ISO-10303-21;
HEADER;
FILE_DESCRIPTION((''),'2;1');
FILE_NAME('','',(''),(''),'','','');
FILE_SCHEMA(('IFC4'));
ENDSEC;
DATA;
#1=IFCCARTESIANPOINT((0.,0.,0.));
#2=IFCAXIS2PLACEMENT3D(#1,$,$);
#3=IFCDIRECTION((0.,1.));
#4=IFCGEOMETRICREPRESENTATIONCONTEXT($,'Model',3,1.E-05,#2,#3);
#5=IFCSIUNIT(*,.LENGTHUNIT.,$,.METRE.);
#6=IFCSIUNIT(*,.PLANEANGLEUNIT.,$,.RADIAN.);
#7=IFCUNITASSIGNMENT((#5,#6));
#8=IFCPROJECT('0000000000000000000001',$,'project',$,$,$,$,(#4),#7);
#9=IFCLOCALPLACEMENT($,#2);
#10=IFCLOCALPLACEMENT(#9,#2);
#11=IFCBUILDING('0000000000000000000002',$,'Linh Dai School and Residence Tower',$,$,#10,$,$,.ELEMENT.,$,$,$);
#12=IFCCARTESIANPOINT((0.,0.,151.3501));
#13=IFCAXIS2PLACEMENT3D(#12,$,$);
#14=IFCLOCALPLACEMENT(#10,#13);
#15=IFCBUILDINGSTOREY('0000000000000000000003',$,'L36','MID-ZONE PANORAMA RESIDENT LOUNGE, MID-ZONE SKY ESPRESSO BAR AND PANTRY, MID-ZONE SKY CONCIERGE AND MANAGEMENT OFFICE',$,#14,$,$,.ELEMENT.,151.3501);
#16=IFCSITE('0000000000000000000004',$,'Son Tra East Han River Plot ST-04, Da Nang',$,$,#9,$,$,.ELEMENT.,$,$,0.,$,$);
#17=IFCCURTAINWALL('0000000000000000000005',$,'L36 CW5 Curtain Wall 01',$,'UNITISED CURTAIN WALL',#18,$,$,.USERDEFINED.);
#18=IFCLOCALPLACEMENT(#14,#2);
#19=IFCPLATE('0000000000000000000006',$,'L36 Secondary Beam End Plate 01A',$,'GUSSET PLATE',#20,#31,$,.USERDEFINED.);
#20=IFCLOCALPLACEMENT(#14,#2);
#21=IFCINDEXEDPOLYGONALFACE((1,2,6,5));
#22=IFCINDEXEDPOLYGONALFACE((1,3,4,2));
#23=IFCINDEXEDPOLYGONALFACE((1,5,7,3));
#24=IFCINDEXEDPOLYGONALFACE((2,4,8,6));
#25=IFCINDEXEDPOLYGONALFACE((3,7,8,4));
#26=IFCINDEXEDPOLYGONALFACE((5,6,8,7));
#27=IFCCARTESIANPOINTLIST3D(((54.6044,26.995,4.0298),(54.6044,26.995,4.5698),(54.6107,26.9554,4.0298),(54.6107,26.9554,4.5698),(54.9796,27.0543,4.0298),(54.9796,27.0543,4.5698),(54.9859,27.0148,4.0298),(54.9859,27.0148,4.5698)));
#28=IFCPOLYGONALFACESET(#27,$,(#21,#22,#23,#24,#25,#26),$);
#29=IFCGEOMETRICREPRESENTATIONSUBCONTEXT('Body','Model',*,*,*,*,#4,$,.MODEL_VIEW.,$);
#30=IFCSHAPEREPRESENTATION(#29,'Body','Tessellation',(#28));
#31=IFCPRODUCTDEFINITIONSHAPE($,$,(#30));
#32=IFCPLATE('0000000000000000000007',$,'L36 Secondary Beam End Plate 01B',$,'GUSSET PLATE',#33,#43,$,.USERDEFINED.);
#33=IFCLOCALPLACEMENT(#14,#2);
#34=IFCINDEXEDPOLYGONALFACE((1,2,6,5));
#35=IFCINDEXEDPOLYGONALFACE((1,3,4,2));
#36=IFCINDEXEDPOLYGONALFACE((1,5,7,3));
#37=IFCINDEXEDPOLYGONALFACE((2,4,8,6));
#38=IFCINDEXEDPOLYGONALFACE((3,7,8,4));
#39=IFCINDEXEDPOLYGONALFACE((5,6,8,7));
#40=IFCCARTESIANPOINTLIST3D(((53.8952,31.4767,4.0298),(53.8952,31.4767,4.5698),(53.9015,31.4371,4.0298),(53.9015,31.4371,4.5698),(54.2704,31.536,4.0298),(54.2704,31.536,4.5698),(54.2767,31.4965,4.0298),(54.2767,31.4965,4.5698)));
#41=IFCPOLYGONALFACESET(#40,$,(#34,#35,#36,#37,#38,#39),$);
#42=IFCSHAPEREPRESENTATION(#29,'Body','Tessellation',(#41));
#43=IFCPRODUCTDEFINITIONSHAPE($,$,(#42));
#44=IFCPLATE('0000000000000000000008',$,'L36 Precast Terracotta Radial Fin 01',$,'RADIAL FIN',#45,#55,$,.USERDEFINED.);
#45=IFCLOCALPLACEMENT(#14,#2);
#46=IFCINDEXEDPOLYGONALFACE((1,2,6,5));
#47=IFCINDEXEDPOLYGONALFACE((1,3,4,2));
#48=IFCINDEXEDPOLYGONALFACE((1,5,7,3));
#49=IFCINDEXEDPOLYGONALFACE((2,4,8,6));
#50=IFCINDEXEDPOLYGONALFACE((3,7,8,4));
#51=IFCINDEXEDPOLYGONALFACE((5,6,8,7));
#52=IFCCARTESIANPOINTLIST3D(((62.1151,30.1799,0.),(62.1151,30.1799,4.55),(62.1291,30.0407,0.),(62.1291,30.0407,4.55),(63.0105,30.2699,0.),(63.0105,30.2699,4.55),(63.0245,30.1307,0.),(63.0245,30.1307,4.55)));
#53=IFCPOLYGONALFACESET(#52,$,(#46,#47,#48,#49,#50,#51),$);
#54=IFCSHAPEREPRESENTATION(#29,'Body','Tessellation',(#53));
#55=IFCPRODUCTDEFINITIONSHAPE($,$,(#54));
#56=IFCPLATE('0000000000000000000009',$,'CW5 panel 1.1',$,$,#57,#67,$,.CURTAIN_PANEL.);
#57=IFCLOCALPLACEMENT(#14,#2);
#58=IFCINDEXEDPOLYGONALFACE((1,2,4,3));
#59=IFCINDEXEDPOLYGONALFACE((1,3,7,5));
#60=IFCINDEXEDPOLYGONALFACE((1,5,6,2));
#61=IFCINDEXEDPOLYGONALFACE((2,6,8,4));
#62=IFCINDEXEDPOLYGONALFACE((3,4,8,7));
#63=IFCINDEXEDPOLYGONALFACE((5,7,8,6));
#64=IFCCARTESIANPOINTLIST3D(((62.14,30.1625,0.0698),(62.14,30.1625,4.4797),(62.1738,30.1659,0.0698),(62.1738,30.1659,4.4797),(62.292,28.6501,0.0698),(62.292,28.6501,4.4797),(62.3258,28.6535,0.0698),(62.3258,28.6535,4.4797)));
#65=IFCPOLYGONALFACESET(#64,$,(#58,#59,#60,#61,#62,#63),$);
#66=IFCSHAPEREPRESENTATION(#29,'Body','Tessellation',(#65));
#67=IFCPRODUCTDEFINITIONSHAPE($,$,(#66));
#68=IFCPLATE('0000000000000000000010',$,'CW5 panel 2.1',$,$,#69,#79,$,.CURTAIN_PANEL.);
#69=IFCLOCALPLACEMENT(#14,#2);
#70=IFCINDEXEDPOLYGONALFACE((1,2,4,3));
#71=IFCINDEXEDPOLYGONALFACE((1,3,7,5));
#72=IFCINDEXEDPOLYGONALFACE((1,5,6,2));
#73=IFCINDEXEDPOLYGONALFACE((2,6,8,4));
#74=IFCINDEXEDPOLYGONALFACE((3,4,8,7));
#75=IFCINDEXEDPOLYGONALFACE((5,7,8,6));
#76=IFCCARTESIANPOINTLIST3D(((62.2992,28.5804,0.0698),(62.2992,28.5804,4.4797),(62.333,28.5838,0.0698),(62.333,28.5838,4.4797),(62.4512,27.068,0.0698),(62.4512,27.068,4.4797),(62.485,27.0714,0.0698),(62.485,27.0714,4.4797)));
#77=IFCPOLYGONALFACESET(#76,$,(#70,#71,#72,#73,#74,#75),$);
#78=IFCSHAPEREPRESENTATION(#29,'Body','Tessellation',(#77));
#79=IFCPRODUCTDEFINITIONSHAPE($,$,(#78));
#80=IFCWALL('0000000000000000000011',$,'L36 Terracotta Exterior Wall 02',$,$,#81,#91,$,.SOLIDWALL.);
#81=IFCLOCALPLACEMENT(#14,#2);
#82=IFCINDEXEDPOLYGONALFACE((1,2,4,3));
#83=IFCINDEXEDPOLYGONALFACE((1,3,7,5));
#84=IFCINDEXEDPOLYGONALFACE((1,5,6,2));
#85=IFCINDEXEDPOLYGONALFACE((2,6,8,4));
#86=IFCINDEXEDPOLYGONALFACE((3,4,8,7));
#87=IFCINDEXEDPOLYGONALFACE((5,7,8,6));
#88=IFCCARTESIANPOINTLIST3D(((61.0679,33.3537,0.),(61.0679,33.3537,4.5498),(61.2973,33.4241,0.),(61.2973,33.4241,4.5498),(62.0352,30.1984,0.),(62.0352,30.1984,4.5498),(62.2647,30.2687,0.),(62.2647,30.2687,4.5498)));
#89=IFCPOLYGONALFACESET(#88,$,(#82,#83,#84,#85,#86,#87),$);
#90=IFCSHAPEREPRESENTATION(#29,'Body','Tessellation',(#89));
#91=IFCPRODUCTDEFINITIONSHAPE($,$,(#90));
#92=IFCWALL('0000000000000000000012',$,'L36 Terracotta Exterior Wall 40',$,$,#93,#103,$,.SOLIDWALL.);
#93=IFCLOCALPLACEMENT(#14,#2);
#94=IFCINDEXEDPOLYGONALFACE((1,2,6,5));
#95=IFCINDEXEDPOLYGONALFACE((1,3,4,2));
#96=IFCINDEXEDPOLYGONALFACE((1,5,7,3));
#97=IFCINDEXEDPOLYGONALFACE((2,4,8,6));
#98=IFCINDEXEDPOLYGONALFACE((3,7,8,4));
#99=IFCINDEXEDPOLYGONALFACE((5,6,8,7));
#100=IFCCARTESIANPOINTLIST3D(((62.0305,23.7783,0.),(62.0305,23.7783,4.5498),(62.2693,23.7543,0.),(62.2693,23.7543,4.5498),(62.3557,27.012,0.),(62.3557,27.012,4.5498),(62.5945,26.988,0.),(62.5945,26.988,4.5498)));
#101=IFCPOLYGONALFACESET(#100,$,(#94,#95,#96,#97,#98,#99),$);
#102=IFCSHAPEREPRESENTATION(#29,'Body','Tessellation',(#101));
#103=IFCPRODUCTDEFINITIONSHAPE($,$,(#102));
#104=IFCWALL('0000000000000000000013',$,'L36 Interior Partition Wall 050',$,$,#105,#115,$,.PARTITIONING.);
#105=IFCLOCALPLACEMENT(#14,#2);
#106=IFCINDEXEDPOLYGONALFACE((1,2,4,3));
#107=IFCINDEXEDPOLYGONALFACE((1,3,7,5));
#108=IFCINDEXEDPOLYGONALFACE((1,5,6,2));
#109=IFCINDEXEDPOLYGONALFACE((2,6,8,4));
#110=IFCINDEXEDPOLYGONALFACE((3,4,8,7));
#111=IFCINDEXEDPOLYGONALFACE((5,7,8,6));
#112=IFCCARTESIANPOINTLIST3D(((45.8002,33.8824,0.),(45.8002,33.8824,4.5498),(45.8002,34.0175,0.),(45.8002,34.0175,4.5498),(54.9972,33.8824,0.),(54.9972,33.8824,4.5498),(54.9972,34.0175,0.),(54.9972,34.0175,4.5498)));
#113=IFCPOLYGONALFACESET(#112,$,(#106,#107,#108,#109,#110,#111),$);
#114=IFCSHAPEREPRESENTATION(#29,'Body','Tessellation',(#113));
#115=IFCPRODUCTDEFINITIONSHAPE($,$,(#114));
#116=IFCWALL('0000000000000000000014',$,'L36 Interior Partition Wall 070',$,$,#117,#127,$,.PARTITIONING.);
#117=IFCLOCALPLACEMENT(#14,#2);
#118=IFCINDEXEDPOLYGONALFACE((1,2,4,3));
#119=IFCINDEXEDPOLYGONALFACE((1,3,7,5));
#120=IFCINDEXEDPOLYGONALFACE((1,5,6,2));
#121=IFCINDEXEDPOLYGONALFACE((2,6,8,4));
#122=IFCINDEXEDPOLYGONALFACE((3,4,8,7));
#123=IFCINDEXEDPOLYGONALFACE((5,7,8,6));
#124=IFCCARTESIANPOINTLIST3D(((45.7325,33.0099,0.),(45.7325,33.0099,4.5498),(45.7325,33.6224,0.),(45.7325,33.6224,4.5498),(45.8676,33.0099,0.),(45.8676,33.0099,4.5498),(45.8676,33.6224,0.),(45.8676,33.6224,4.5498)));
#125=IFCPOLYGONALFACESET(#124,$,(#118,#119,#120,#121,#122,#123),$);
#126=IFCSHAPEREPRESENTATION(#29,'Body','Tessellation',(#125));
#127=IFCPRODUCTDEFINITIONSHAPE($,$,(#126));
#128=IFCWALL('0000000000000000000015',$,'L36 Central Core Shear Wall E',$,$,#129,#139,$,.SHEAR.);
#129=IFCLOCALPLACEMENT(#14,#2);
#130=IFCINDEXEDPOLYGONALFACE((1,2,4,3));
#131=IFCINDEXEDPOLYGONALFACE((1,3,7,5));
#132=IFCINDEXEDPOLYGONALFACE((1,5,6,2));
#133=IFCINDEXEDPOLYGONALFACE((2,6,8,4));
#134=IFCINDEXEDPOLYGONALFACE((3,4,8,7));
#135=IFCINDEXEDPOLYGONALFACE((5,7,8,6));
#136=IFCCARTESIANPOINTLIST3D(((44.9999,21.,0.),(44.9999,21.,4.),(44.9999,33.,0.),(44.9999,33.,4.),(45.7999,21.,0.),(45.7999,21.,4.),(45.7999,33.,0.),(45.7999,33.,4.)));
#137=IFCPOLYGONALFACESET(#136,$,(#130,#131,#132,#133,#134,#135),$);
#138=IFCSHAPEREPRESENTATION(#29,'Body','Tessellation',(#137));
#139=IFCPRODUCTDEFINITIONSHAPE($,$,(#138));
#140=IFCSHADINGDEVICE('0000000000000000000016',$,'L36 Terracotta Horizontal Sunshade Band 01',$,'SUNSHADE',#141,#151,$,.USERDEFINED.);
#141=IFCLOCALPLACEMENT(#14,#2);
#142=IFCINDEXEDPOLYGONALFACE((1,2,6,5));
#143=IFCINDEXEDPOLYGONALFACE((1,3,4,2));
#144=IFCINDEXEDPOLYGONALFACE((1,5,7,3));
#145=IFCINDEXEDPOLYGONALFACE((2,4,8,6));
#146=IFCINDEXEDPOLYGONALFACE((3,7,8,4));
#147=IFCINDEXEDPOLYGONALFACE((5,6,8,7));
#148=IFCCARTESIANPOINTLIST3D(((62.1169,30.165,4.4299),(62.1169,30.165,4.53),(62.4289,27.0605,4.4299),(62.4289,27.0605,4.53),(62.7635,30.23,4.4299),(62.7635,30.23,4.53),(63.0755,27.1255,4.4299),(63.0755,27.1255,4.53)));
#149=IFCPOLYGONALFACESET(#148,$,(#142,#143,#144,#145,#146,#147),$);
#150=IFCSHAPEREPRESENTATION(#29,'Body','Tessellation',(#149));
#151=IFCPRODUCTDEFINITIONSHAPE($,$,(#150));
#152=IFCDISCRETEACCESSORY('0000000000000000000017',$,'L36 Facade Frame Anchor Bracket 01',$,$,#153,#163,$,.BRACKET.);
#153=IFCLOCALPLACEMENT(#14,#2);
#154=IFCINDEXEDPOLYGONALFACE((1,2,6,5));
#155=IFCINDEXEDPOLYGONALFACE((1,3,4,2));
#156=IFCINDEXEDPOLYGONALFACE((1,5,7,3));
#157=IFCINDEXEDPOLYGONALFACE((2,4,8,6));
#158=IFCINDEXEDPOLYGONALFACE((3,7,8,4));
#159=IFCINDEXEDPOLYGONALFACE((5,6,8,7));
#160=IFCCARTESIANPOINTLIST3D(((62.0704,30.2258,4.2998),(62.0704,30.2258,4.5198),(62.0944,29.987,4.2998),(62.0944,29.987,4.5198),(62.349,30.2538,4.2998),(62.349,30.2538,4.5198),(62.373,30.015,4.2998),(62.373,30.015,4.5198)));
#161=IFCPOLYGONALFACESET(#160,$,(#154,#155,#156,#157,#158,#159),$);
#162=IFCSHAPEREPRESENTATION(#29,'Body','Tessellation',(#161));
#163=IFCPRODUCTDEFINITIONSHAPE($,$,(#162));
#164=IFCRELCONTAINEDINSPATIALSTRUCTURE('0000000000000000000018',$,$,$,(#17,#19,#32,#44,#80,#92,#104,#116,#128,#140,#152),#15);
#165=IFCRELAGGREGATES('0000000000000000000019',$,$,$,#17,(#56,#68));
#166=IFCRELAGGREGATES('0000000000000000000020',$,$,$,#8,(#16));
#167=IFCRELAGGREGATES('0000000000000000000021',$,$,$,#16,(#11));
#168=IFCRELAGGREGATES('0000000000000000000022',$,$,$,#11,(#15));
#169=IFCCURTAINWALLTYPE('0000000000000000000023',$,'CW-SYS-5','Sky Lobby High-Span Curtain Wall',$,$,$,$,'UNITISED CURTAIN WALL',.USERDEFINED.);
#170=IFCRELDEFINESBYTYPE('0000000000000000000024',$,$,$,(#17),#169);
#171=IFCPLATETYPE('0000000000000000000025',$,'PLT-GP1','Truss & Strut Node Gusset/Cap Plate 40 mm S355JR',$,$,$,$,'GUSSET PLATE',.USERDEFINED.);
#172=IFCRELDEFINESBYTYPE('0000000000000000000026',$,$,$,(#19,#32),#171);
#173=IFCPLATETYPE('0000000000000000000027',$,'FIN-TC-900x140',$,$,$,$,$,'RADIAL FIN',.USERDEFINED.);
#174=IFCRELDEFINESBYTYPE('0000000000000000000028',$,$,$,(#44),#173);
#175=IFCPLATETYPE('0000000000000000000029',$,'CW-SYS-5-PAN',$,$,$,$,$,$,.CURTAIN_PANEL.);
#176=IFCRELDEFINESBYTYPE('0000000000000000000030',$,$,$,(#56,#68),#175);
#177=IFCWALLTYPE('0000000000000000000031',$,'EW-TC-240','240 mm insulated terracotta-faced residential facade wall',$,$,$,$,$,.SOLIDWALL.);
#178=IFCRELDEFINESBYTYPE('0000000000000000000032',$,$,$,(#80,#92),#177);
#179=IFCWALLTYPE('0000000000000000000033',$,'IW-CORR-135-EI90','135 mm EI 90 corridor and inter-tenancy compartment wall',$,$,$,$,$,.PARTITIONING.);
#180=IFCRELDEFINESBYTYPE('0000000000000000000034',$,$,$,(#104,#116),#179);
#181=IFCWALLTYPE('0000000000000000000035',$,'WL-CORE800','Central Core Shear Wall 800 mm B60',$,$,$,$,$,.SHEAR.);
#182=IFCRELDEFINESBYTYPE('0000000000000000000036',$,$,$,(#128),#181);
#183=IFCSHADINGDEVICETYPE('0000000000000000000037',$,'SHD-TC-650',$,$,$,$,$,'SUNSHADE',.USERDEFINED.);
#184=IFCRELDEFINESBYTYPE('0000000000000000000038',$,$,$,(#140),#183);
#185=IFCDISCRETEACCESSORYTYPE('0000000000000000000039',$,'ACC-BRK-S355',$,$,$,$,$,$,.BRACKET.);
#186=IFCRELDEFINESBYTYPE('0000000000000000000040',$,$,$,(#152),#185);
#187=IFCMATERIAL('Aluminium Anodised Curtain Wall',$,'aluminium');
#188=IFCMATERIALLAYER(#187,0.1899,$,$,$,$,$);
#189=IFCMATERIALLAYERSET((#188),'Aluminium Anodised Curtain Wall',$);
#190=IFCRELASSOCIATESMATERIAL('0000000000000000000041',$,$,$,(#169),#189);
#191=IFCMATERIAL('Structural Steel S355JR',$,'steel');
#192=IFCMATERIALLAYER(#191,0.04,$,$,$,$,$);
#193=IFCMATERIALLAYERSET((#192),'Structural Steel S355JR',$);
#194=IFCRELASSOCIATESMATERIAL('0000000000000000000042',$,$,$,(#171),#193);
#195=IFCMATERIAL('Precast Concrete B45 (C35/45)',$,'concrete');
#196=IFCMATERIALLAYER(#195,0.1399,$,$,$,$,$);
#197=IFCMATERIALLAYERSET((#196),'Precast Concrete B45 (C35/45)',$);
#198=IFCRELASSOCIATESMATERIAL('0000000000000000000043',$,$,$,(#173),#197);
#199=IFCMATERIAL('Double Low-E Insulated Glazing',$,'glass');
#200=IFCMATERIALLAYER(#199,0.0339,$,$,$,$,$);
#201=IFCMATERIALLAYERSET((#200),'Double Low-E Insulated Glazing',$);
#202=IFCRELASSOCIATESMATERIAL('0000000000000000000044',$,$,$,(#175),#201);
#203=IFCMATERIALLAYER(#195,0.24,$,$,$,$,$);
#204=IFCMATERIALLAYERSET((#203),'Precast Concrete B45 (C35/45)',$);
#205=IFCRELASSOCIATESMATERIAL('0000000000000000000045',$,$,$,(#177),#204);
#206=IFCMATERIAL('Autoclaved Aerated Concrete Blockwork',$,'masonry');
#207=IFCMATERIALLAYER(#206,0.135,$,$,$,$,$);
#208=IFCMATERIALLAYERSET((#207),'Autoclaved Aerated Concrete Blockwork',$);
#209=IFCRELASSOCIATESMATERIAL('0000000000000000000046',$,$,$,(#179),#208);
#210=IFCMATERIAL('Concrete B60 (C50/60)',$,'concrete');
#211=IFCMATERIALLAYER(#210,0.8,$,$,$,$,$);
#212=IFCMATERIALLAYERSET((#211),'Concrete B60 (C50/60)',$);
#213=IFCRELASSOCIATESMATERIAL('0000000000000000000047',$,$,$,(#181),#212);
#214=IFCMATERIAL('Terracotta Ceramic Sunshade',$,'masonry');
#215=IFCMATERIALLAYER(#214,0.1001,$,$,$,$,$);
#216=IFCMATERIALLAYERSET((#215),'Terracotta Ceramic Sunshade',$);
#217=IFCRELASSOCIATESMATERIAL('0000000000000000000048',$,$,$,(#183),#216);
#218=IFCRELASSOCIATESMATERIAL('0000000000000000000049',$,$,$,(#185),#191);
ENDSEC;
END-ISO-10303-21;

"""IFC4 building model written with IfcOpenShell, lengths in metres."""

from ifc_helpers import new_model, si_unit, direction, frame, frame_2d, origin, origin_2d, place, context, subcontext, project, spatial, rectangle, extrude, source, transform, mapped, material, layer, layer_set, type_object, element, aggregate, save


model = new_model("IFC4")

# Units and contexts
model_context = context("Model", 3, precision=1e-05, world=origin(), true_north=direction((0.0, 1.0)))
body_context = subcontext(model_context, "Body", "Model", "MODEL_VIEW")
ifc_project = project(units=[si_unit("LENGTHUNIT", "METRE"), si_unit("PLANEANGLEUNIT", "RADIAN")], contexts=[model_context])

# Site, building, storey
site_placement = place(None, origin())
site = spatial("IfcSite", under=ifc_project, at=site_placement, Name="Son Tra East Han River Plot ST-04, Da Nang", CompositionType="ELEMENT", RefElevation=0.0)
building_placement = place(site_placement, origin())
building = spatial("IfcBuilding", under=site, at=building_placement, Name="Linh Dai School and Residence Tower", CompositionType="ELEMENT")
storey_placement = place(building_placement, frame((0.0, 0.0, 151.3501)))
storey = spatial("IfcBuildingStorey", under=building, at=storey_placement, Name="L36", Description="MID-ZONE PANORAMA RESIDENT LOUNGE, MID-ZONE SKY ESPRESSO BAR AND PANTRY, MID-ZONE SKY CONCIERGE AND MANAGEMENT OFFICE", CompositionType="ELEMENT", Elevation=151.3501)

# Shared definitions
ifc_material_1 = material(Name="Concrete B60 (C50/60)", Category="concrete")
ifc_material_2 = material(Name="Structural Steel S355JR", Category="steel")

# Curtain wall
ifc_material_3 = material(Name="Aluminium Anodised Curtain Wall", Category="aluminium")
ifc_layer_1 = layer(ifc_material_3, 0.1899)
ifc_layer_set_1 = layer_set([ifc_layer_1], Name="Aluminium Anodised Curtain Wall")
curtain_wall_type = type_object("IfcCurtainWallType", Name="CW-SYS-5", Description="Sky Lobby High-Span Curtain Wall", ElementType="UNITISED CURTAIN WALL", PredefinedType="USERDEFINED", material=ifc_layer_set_1)
curtain_wall_placement = place(storey_placement, origin())
curtain_wall = element("IfcCurtainWall", 1, at=curtain_wall_placement, inside=storey, type_object=curtain_wall_type, Name="L36 CW5 Curtain Wall 01", ObjectType="UNITISED CURTAIN WALL", PredefinedType="USERDEFINED")

# Plates
ifc_layer_2 = layer(ifc_material_2, 0.04)
ifc_layer_set_2 = layer_set([ifc_layer_2], Name="Structural Steel S355JR")
plate_type_1 = type_object("IfcPlateType", Name="PLT-GP1", Description="Truss & Strut Node Gusset/Cap Plate 40 mm S355JR", ElementType="GUSSET PLATE", PredefinedType="USERDEFINED", material=ifc_layer_set_2)
shared_shape_1 = source(origin(), body_context, "Body", "SweptSolid", [
    extrude(rectangle(XDim=0.04, YDim=0.3799, at=origin_2d()), origin(), (0.0, 0.0, 1.0), 0.54),
])
for number, where, z_axis, x_axis, name in (
    (2, (54.7952, 27.0049, 4.0298), (0.0, 0.0, 1.0), (-0.156309, 0.987708, 0.0), "L36 Secondary Beam End Plate 01A"),
    (3, (54.0859, 31.4866, 4.0298), (0.0, 0.0, 1.0), (-0.156309, 0.987708, 0.0), "L36 Secondary Beam End Plate 01B"),
):
    element("IfcPlate", number, at=place(storey_placement, frame(where, z_axis=z_axis, x_axis=x_axis)), inside=storey, type_object=plate_type_1, Name=name, ObjectType="GUSSET PLATE", PredefinedType="USERDEFINED", context=body_context, shape_type="MappedRepresentation", body=[
        mapped(shared_shape_1, transform((0.0, 0.0, 0.0), x_axis=(1.0, 0.0, 0.0), y_axis=(0.0, 1.0, 0.0), z_axis=(0.0, 0.0, 1.0), scale=1.0)),
    ])
ifc_material_4 = material(Name="Precast Concrete B45 (C35/45)", Category="concrete")
ifc_layer_3 = layer(ifc_material_4, 0.1399)
ifc_layer_set_3 = layer_set([ifc_layer_3], Name="Precast Concrete B45 (C35/45)")
plate_type_2 = type_object("IfcPlateType", Name="FIN-TC-900x140", ElementType="RADIAL FIN", PredefinedType="USERDEFINED", material=ifc_layer_set_3)
shared_shape_2 = source(origin(), body_context, "Body", "SweptSolid", [
    extrude(rectangle(XDim=0.8999, YDim=0.1399, at=origin_2d()), origin(), (0.0, 0.0, 1.0), 4.55),
])
plate_1_placement = place(storey_placement, frame((62.5698, 30.1553, 0.0), z_axis=(0.0, 0.0, 1.0), x_axis=(0.994987, 0.100002, 0.0)))
element("IfcPlate", 4, at=plate_1_placement, inside=storey, type_object=plate_type_2, Name="L36 Precast Terracotta Radial Fin 01", ObjectType="RADIAL FIN", PredefinedType="USERDEFINED", context=body_context, shape_type="MappedRepresentation", body=[
    mapped(shared_shape_2, transform((0.0, 0.0, 0.0), x_axis=(1.0, 0.0, 0.0), y_axis=(0.0, 1.0, 0.0), z_axis=(0.0, 0.0, 1.0), scale=1.0)),
])

# Plates
ifc_material_5 = material(Name="Double Low-E Insulated Glazing", Category="glass")
ifc_layer_4 = layer(ifc_material_5, 0.0339)
ifc_layer_set_4 = layer_set([ifc_layer_4], Name="Double Low-E Insulated Glazing")
plate_type_3 = type_object("IfcPlateType", Name="CW-SYS-5-PAN", PredefinedType="CURTAIN_PANEL", material=ifc_layer_set_4)
shared_shape_3 = source(origin(), body_context, "Body", "SweptSolid", [
    extrude(rectangle(XDim=1.52, YDim=0.0339, at=origin_2d()), origin(), (0.0, 0.0, 1.0), 4.4099),
])
plate_2_placement = place(storey_placement, frame((62.2329, 29.408, 0.0698), z_axis=(0.0, 0.0, 1.0), x_axis=(0.100002, -0.994987, 0.0)))
plate_2 = element("IfcPlate", 5, at=plate_2_placement, type_object=plate_type_3, Name="CW5 panel 1.1", PredefinedType="CURTAIN_PANEL", context=body_context, shape_type="MappedRepresentation", body=[
    mapped(shared_shape_3, transform((0.0, 0.0, 0.0), x_axis=(1.0, 0.0, 0.0), y_axis=(0.0, 1.0, 0.0), z_axis=(0.0, 0.0, 1.0), scale=1.0)),
])
plate_3_placement = place(storey_placement, frame((62.3921, 27.8259, 0.0698), z_axis=(0.0, 0.0, 1.0), x_axis=(0.100002, -0.994987, 0.0)))
plate_3 = element("IfcPlate", 6, at=plate_3_placement, type_object=plate_type_3, Name="CW5 panel 2.1", PredefinedType="CURTAIN_PANEL", context=body_context, shape_type="MappedRepresentation", body=[
    mapped(shared_shape_3, transform((0.0, 0.0, 0.0), x_axis=(1.0, 0.0, 0.0), y_axis=(0.0, 1.0, 0.0), z_axis=(0.0, 0.0, 1.0), scale=1.0)),
])
aggregate(curtain_wall, [plate_2, plate_3])

# Walls
ifc_layer_5 = layer(ifc_material_4, 0.24)
ifc_layer_set_5 = layer_set([ifc_layer_5], Name="Precast Concrete B45 (C35/45)")
wall_type_1 = type_object("IfcWallType", Name="EW-TC-240", Description="240 mm insulated terracotta-faced residential facade wall", PredefinedType="SOLIDWALL", material=ifc_layer_set_5)
wall_1_placement = place(storey_placement, frame((61.1826, 33.3889, 0.0), z_axis=(0.0, 0.0, 1.0), x_axis=(0.293098, -0.956082, 0.0)))
element("IfcWall", 7, at=wall_1_placement, inside=storey, type_object=wall_type_1, Name="L36 Terracotta Exterior Wall 02", PredefinedType="SOLIDWALL", context=body_context, shape_type="SweptSolid", body=[
    extrude(rectangle(XDim=3.3003, YDim=0.24, at=frame_2d((1.6501, 0.0))), origin(), (0.0, 0.0, 1.0), 4.5498),
])
wall_2_placement = place(storey_placement, frame((62.4751, 27.0, 0.0), z_axis=(0.0, 0.0, 1.0), x_axis=(-0.100062, -0.994981, 0.0)))
element("IfcWall", 8, at=wall_2_placement, inside=storey, type_object=wall_type_1, Name="L36 Terracotta Exterior Wall 40", PredefinedType="SOLIDWALL", context=body_context, shape_type="SweptSolid", body=[
    extrude(rectangle(XDim=3.25, YDim=0.24, at=frame_2d((1.625, 0.0))), origin(), (0.0, 0.0, 1.0), 4.5498),
])
ifc_material_6 = material(Name="Autoclaved Aerated Concrete Blockwork", Category="masonry")
ifc_layer_6 = layer(ifc_material_6, 0.135)
ifc_layer_set_6 = layer_set([ifc_layer_6], Name="Autoclaved Aerated Concrete Blockwork")
wall_type_2 = type_object("IfcWallType", Name="IW-CORR-135-EI90", Description="135 mm EI 90 corridor and inter-tenancy compartment wall", PredefinedType="PARTITIONING", material=ifc_layer_set_6)
wall_3_placement = place(storey_placement, frame((45.8, 33.95, 0.0), z_axis=(0.0, 0.0, 1.0), x_axis=(1.0, 0.0, 0.0)))
element("IfcWall", 9, at=wall_3_placement, inside=storey, type_object=wall_type_2, Name="L36 Interior Partition Wall 050", PredefinedType="PARTITIONING", context=body_context, shape_type="SweptSolid", body=[
    extrude(rectangle(XDim=9.197, YDim=0.135, at=frame_2d((4.5986, 0.0))), origin(), (0.0, 0.0, 1.0), 4.5498),
])
wall_4_placement = place(storey_placement, frame((45.8, 33.01, 0.0), z_axis=(0.0, 0.0, 1.0), x_axis=(0.0, 1.0, 0.0)))
element("IfcWall", 10, at=wall_4_placement, inside=storey, type_object=wall_type_2, Name="L36 Interior Partition Wall 070", PredefinedType="PARTITIONING", context=body_context, shape_type="SweptSolid", body=[
    extrude(rectangle(XDim=0.6125, YDim=0.135, at=frame_2d((0.3062, 0.0))), origin(), (0.0, 0.0, 1.0), 4.5498),
])
ifc_layer_7 = layer(ifc_material_1, 0.8)
ifc_layer_set_7 = layer_set([ifc_layer_7], Name="Concrete B60 (C50/60)")
wall_type_3 = type_object("IfcWallType", Name="WL-CORE800", Description="Central Core Shear Wall 800 mm B60", PredefinedType="SHEAR", material=ifc_layer_set_7)
wall_5_placement = place(storey_placement, frame((45.3999, 33.0, 0.0), z_axis=(0.0, 0.0, 1.0), x_axis=(0.0, -1.0, 0.0)))
element("IfcWall", 11, at=wall_5_placement, inside=storey, type_object=wall_type_3, Name="L36 Central Core Shear Wall E", PredefinedType="SHEAR", context=body_context, shape_type="SweptSolid", body=[
    extrude(rectangle(XDim=12.0, YDim=0.8, at=frame_2d((6.0, 0.0))), origin(), (0.0, 0.0, 1.0), 4.0),
])

# Shading device
ifc_material_7 = material(Name="Terracotta Ceramic Sunshade", Category="masonry")
ifc_layer_8 = layer(ifc_material_7, 0.1001)
ifc_layer_set_8 = layer_set([ifc_layer_8], Name="Terracotta Ceramic Sunshade")
shading_device_type = type_object("IfcShadingDeviceType", Name="SHD-TC-650", ElementType="SUNSHADE", PredefinedType="USERDEFINED", material=ifc_layer_set_8)
shared_shape_4 = source(origin(), body_context, "Body", "SweptSolid", [
    extrude(rectangle(XDim=3.1201, YDim=0.6499, at=origin_2d()), origin(), (0.0, 0.0, 1.0), 0.1001),
])
shading_device_placement = place(storey_placement, frame((62.5962, 28.6453, 4.4299), z_axis=(0.0, 0.0, 1.0), x_axis=(0.100002, -0.994987, 0.0)))
element("IfcShadingDevice", 12, at=shading_device_placement, inside=storey, type_object=shading_device_type, Name="L36 Terracotta Horizontal Sunshade Band 01", ObjectType="SUNSHADE", PredefinedType="USERDEFINED", context=body_context, shape_type="MappedRepresentation", body=[
    mapped(shared_shape_4, transform((0.0, 0.0, 0.0), x_axis=(1.0, 0.0, 0.0), y_axis=(0.0, 1.0, 0.0), z_axis=(0.0, 0.0, 1.0), scale=1.0)),
])

# Discrete accessory
discrete_accessory_type = type_object("IfcDiscreteAccessoryType", Name="ACC-BRK-S355", PredefinedType="BRACKET", material=ifc_material_2)
shared_shape_5 = source(origin(), body_context, "Body", "SweptSolid", [
    extrude(rectangle(XDim=0.28, YDim=0.24, at=origin_2d()), origin(), (0.0, 0.0, 1.0), 0.22),
])
discrete_accessory_placement = place(storey_placement, frame((62.2217, 30.1204, 4.2998), z_axis=(0.0, 0.0, 1.0), x_axis=(0.994987, 0.100002, 0.0)))
element("IfcDiscreteAccessory", 13, at=discrete_accessory_placement, inside=storey, type_object=discrete_accessory_type, Name="L36 Facade Frame Anchor Bracket 01", PredefinedType="BRACKET", context=body_context, shape_type="MappedRepresentation", body=[
    mapped(shared_shape_5, transform((0.0, 0.0, 0.0), x_axis=(1.0, 0.0, 0.0), y_axis=(0.0, 1.0, 0.0), z_axis=(0.0, 0.0, 1.0), scale=1.0)),
])

save(model, "model.ifc")
